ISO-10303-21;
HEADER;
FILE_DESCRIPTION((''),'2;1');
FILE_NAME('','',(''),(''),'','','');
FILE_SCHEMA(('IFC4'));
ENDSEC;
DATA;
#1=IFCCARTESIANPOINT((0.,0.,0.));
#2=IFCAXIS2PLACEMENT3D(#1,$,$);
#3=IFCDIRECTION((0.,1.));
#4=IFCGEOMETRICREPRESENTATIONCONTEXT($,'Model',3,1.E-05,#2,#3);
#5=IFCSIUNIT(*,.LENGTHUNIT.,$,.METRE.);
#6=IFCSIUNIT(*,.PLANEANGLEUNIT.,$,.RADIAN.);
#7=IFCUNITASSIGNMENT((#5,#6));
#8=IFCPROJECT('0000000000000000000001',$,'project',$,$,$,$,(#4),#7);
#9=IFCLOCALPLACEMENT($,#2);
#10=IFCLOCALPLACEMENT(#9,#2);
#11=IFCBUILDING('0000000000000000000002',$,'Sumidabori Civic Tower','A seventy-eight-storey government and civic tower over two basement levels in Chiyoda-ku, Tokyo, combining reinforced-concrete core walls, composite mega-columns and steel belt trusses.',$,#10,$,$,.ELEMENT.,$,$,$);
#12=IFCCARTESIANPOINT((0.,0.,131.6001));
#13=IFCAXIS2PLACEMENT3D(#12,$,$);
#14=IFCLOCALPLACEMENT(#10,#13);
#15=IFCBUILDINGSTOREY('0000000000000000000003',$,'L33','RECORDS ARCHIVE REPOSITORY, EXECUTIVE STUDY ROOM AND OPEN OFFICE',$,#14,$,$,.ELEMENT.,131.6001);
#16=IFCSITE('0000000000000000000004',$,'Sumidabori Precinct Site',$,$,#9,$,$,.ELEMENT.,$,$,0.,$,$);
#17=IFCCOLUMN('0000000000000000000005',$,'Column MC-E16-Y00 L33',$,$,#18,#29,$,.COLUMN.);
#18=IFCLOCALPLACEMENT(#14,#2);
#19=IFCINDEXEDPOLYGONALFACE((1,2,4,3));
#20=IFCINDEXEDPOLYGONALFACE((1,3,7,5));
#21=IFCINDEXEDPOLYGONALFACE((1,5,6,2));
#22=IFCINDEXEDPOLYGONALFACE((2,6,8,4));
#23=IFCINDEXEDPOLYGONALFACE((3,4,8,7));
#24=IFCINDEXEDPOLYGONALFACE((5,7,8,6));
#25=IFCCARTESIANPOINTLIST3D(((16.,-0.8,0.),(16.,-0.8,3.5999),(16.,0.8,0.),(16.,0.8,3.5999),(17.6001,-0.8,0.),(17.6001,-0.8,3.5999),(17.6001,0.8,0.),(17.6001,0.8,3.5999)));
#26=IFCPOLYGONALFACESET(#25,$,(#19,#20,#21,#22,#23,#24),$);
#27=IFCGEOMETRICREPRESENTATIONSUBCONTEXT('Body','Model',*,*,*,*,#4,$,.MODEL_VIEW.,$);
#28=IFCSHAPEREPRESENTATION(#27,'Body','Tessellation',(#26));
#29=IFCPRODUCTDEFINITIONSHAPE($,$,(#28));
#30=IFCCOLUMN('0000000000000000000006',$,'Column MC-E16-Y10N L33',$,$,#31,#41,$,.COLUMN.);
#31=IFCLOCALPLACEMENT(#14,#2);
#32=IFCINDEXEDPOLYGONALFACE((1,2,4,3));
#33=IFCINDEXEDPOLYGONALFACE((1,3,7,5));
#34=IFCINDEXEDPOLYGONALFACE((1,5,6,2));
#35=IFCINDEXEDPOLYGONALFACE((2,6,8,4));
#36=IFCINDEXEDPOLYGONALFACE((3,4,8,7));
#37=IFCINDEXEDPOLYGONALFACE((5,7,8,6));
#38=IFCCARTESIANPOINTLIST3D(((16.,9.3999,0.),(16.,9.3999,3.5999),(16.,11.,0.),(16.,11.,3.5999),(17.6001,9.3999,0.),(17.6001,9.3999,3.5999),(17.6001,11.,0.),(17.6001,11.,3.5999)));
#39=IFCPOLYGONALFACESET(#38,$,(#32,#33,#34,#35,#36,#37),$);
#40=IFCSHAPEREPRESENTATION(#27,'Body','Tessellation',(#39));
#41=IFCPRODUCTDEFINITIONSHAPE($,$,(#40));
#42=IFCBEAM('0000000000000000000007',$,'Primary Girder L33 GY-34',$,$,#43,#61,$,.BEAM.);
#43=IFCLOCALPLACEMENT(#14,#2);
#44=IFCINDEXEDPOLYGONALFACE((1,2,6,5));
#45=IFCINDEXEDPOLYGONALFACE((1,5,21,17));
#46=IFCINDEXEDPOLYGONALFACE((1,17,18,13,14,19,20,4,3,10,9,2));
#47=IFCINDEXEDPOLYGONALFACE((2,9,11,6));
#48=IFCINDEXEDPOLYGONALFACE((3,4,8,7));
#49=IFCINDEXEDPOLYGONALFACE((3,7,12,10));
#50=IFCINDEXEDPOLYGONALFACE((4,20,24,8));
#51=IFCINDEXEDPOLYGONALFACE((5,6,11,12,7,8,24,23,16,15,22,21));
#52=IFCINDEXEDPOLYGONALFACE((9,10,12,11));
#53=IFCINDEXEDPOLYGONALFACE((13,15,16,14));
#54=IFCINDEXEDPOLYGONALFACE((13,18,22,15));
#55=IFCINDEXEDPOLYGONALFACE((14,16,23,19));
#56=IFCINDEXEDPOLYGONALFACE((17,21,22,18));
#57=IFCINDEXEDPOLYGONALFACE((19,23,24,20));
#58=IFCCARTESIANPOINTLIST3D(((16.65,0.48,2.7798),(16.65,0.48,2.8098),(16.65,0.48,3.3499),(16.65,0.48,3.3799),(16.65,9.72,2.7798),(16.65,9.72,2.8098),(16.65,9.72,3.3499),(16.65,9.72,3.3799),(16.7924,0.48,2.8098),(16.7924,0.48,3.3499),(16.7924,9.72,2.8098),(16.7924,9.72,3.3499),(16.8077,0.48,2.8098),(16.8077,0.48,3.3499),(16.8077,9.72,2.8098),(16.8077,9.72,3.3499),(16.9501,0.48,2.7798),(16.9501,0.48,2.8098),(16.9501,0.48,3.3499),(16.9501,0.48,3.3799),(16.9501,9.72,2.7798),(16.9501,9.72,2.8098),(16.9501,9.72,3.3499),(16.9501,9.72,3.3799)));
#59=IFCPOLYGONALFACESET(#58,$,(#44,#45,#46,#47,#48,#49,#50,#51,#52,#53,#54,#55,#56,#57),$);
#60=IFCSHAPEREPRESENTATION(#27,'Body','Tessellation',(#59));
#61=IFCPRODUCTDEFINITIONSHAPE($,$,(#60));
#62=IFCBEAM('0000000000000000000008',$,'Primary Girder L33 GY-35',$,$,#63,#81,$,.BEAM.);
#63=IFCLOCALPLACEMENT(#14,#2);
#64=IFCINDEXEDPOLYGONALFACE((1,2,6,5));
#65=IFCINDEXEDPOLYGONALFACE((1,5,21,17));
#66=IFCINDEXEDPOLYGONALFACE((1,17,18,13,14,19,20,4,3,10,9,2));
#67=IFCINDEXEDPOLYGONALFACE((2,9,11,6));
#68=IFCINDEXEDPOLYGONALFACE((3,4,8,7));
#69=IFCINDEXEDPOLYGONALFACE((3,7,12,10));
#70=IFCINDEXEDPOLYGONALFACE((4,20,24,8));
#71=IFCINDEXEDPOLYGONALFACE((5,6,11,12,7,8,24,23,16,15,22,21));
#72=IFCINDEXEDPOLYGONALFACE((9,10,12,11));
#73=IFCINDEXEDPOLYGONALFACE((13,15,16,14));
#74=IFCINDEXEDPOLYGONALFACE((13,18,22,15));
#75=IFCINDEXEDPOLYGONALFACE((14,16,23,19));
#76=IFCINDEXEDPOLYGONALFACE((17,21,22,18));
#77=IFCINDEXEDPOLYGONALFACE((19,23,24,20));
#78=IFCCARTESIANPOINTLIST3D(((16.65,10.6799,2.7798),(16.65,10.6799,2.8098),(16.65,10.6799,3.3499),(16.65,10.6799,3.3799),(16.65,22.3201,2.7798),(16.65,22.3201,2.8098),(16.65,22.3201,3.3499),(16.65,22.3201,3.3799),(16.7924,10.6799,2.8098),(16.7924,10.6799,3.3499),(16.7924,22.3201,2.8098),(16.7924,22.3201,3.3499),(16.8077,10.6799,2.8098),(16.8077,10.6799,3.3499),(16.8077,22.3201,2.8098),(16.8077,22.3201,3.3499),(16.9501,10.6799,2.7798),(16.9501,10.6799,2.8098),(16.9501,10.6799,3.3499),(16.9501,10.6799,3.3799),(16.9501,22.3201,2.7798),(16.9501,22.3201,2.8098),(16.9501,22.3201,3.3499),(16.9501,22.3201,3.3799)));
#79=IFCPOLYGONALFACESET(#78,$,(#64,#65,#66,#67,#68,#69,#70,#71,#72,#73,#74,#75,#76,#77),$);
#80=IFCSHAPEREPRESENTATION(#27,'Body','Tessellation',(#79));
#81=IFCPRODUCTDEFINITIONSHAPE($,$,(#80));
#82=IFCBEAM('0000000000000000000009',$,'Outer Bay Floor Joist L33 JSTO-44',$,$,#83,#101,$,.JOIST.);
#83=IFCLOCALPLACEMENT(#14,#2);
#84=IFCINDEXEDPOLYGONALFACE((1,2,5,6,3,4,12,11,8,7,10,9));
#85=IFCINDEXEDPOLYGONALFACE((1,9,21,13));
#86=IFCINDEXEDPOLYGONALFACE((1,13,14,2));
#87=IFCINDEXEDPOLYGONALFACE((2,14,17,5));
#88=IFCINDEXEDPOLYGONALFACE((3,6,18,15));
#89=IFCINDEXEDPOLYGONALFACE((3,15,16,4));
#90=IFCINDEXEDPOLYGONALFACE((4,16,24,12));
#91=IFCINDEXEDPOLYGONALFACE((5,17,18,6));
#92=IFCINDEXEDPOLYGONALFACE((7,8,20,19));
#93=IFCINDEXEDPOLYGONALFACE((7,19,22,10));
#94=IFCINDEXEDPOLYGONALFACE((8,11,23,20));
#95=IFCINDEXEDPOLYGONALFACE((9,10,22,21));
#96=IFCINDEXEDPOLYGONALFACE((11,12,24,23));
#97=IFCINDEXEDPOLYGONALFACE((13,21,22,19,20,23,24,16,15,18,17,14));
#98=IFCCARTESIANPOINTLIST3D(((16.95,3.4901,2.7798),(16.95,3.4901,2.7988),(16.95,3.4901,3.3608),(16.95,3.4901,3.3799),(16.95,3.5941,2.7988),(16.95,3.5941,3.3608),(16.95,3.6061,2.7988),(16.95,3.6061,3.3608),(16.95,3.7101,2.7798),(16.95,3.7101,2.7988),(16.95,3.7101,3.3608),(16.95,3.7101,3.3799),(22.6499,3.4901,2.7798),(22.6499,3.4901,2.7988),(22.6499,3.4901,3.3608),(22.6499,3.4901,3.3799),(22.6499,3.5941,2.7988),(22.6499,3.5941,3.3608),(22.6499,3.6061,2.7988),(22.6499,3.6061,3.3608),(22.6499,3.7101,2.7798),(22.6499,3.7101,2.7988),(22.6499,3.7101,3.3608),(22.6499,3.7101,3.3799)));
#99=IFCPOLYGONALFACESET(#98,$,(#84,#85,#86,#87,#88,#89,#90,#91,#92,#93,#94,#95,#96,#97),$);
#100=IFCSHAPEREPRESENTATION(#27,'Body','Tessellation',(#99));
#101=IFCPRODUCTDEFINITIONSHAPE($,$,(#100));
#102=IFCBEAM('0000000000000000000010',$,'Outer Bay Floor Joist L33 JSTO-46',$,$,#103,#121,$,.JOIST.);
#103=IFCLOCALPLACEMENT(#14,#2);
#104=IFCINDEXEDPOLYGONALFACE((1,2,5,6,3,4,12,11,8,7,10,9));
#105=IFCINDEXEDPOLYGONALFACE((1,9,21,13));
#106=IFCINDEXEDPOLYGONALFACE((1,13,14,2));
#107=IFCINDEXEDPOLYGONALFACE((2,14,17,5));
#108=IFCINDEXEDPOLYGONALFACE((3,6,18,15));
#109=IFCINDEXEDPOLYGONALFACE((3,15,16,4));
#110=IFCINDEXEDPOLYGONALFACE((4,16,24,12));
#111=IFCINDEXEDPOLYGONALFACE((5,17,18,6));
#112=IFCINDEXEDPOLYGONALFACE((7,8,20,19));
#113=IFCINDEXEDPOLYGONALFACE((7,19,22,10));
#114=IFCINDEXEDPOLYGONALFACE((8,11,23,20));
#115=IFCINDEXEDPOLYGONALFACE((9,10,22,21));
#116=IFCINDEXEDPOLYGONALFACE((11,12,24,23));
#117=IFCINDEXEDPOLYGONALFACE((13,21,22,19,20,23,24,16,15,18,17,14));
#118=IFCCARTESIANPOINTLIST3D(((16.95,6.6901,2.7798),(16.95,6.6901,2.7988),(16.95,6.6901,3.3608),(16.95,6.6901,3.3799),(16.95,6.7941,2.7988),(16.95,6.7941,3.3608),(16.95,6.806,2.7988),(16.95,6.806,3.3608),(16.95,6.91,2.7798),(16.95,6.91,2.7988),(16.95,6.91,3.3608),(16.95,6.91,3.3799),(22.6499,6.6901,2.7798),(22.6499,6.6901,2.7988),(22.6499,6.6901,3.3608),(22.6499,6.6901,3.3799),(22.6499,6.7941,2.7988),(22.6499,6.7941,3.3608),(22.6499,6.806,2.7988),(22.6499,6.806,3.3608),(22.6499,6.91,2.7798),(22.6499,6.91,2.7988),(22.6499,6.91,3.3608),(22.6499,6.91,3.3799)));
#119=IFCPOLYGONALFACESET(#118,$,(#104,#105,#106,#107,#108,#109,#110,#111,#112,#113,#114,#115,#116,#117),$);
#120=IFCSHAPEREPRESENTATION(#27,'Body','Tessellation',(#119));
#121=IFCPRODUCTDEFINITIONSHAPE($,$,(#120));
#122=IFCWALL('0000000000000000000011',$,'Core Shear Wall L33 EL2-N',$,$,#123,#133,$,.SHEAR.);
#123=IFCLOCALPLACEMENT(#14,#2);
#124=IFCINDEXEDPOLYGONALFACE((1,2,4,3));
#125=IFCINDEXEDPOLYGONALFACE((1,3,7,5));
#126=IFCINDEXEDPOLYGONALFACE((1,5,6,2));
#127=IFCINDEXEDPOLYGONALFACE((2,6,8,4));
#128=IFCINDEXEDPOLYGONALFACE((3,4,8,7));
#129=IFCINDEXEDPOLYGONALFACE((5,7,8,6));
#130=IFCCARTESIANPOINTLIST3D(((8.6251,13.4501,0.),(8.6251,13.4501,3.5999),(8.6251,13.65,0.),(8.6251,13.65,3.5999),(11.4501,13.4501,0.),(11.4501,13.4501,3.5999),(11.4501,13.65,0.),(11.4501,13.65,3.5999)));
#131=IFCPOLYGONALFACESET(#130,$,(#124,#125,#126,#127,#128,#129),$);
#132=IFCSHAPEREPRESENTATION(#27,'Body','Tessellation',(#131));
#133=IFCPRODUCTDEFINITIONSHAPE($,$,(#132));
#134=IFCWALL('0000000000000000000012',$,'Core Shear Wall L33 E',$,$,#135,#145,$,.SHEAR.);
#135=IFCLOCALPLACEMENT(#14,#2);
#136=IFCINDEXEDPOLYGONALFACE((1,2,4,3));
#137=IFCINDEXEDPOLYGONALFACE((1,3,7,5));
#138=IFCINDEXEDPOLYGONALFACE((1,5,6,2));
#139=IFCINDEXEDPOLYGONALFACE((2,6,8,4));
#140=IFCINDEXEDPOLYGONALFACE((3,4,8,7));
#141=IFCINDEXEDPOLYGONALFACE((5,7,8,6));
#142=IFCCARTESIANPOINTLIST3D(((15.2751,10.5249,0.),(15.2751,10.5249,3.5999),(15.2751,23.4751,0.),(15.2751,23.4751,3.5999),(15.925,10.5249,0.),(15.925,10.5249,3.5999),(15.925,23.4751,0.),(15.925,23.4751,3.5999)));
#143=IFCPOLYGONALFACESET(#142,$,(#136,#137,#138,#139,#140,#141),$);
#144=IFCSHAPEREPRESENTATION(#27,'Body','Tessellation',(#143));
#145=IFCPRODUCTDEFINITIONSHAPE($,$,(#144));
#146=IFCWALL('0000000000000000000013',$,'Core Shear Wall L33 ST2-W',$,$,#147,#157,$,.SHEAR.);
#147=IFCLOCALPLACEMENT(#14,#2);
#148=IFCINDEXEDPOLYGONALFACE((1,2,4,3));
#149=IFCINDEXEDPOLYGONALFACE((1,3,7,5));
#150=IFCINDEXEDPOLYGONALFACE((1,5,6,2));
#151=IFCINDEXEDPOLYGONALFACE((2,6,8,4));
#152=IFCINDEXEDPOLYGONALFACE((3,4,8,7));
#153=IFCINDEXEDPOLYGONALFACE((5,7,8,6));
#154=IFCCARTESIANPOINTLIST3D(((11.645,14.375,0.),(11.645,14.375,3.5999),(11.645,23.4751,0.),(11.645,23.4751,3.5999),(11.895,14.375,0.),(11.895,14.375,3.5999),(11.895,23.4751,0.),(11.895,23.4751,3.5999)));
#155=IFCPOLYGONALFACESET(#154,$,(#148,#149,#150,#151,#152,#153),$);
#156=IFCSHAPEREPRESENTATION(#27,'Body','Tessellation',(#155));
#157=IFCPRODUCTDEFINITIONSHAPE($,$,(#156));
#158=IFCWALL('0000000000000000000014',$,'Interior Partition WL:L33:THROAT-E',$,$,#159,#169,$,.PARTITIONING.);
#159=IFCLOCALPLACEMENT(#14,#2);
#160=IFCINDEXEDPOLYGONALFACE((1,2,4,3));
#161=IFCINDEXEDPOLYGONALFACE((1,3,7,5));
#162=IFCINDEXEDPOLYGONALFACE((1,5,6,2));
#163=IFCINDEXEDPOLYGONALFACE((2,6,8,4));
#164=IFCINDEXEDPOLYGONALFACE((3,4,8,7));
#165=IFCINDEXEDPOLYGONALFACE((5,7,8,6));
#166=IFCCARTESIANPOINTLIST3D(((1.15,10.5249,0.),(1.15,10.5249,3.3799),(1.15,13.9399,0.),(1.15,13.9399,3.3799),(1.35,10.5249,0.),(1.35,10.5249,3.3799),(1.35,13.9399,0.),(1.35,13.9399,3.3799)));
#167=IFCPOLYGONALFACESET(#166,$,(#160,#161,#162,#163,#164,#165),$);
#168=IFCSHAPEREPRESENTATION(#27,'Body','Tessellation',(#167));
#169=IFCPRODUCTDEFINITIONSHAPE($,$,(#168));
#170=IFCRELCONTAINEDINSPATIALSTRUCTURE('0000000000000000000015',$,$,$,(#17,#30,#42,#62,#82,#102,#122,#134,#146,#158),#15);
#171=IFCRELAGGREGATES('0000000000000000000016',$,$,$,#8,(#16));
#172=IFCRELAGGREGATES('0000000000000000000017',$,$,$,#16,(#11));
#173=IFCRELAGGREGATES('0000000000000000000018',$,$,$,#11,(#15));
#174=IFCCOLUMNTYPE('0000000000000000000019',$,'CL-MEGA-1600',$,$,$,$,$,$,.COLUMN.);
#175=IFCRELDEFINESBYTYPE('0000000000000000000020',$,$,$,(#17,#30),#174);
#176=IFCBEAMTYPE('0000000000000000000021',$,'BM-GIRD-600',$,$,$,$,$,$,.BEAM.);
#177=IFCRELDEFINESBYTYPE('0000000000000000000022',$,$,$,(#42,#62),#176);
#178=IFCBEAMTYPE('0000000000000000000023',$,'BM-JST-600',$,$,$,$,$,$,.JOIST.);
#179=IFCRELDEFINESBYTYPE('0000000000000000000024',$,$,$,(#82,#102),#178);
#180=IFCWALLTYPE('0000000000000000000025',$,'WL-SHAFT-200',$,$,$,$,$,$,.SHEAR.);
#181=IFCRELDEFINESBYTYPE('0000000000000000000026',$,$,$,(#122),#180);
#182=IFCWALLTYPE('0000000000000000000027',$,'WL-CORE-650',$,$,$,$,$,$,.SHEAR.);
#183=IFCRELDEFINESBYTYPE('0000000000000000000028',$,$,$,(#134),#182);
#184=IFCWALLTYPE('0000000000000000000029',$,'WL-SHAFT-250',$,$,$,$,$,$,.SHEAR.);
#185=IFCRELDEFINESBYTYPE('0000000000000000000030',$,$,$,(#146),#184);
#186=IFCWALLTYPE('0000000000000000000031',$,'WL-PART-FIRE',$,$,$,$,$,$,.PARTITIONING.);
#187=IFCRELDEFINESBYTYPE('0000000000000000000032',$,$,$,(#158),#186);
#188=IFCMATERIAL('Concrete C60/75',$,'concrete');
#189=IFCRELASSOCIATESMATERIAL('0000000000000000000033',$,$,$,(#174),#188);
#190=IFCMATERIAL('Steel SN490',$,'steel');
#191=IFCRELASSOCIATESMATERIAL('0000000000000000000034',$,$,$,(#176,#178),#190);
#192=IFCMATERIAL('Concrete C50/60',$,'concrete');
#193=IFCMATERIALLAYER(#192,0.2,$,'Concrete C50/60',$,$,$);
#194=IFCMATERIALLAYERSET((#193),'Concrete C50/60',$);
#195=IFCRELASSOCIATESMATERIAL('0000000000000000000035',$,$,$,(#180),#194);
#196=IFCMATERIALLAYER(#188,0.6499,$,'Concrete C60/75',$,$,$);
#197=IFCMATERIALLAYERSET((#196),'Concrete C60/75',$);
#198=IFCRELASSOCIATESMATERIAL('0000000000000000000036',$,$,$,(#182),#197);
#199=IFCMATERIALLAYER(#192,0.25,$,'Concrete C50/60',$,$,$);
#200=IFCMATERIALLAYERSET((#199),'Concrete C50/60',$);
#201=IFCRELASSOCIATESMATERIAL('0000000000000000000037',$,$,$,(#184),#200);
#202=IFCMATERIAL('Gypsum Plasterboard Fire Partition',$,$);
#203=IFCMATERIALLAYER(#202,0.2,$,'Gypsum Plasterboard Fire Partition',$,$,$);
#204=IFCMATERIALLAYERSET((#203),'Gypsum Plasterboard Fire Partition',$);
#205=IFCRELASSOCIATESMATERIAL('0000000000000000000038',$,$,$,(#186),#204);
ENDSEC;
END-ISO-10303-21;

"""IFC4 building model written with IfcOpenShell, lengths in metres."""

from ifc_helpers import new_model, si_unit, direction, frame, frame_2d, origin, origin_2d, place, context, subcontext, project, spatial, rectangle, i_section, extrude, source, transform, mapped, material, layer, layer_set, material_profile, profile_set, type_object, element, save


model = new_model("IFC4")

# Units and contexts
model_context = context("Model", 3, precision=1e-05, world=origin(), true_north=direction((0.0, 1.0)))
body_context = subcontext(model_context, "Body", "Model", "MODEL_VIEW")
ifc_project = project(units=[si_unit("LENGTHUNIT", "METRE"), si_unit("PLANEANGLEUNIT", "RADIAN")], contexts=[model_context])

# Site, building, storey
site_placement = place(None, origin())
site = spatial("IfcSite", under=ifc_project, at=site_placement, Name="Sumidabori Precinct Site", CompositionType="ELEMENT", RefElevation=0.0)
building_placement = place(site_placement, origin())
building = spatial("IfcBuilding", under=site, at=building_placement, Name="Sumidabori Civic Tower", Description="A seventy-eight-storey government and civic tower over two basement levels in Chiyoda-ku, Tokyo, combining reinforced-concrete core walls, composite mega-columns and steel belt trusses.", CompositionType="ELEMENT")
storey_placement = place(building_placement, frame((0.0, 0.0, 131.6001)))
storey = spatial("IfcBuildingStorey", under=building, at=storey_placement, Name="L33", Description="RECORDS ARCHIVE REPOSITORY, EXECUTIVE STUDY ROOM AND OPEN OFFICE", CompositionType="ELEMENT", Elevation=131.6001)

# Columns
ifc_material_1 = material(Name="Concrete C60/75", Category="concrete")
ifc_material_profile_1 = material_profile(ifc_material_1, rectangle(XDim=1.6001, YDim=1.6001, at=origin_2d()), Name="RC 1600x1600")
ifc_profile_set_1 = profile_set([ifc_material_profile_1], Name="Concrete C60/75")
column_type = type_object("IfcColumnType", Name="CL-MEGA-1600", PredefinedType="COLUMN", material=ifc_profile_set_1)
shared_shape_1 = source(origin(), body_context, "Body", "SweptSolid", [
    extrude(rectangle(XDim=1.6001, YDim=1.6001, at=origin_2d()), origin(), (0.0, 0.0, 1.0), 3.5999),
])
for number, where, z_axis, x_axis, name in (
    (1, (16.8, 0.0, 0.0), (0.0, 0.0, 1.0), (1.0, 0.0, 0.0), "Column MC-E16-Y00 L33"),
    (2, (16.8, 10.2, 0.0), (0.0, 0.0, 1.0), (1.0, 0.0, 0.0), "Column MC-E16-Y10N L33"),
):
    element("IfcColumn", number, at=place(storey_placement, frame(where, z_axis=z_axis, x_axis=x_axis)), inside=storey, type_object=column_type, Name=name, PredefinedType="COLUMN", context=body_context, shape_type="MappedRepresentation", body=[
        mapped(shared_shape_1, transform((0.0, 0.0, 0.0), x_axis=(1.0, 0.0, 0.0), y_axis=(0.0, 1.0, 0.0), z_axis=(0.0, 0.0, 1.0), scale=1.0)),
    ])

# Beams
ifc_material_2 = material(Name="Steel SN490", Category="steel")
ifc_material_profile_2 = material_profile(ifc_material_2, i_section(OverallWidth=0.3, OverallDepth=0.6001, WebThickness=0.0154, FlangeThickness=0.03, at=origin_2d()), Name="HE 600 B")
ifc_profile_set_2 = profile_set([ifc_material_profile_2], Name="Steel SN490")
beam_type_1 = type_object("IfcBeamType", Name="BM-GIRD-600", PredefinedType="BEAM", material=ifc_profile_set_2)
shared_shape_2 = source(origin(), body_context, "Body", "SweptSolid", [
    extrude(i_section(OverallWidth=0.3, OverallDepth=0.6001, WebThickness=0.0154, FlangeThickness=0.03, at=origin_2d()), origin(), (0.0, 0.0, 1.0), 9.24),
])
beam_1_placement = place(storey_placement, frame((16.8, 0.48, 3.0798), z_axis=(0.0, 1.0, 0.0), x_axis=(-1.0, 0.0, 0.0)))
element("IfcBeam", 3, at=beam_1_placement, inside=storey, type_object=beam_type_1, Name="Primary Girder L33 GY-34", PredefinedType="BEAM", context=body_context, shape_type="MappedRepresentation", body=[
    mapped(shared_shape_2, transform((0.0, 0.0, 0.0), x_axis=(1.0, 0.0, 0.0), y_axis=(0.0, 1.0, 0.0), z_axis=(0.0, 0.0, 1.0), scale=1.0)),
])
shared_shape_3 = source(origin(), body_context, "Body", "SweptSolid", [
    extrude(i_section(OverallWidth=0.3, OverallDepth=0.6001, WebThickness=0.0154, FlangeThickness=0.03, at=origin_2d()), origin(), (0.0, 0.0, 1.0), 11.6401),
])
beam_2_placement = place(storey_placement, frame((16.8, 10.6799, 3.0798), z_axis=(0.0, 1.0, 0.0), x_axis=(-1.0, 0.0, 0.0)))
element("IfcBeam", 4, at=beam_2_placement, inside=storey, type_object=beam_type_1, Name="Primary Girder L33 GY-35", PredefinedType="BEAM", context=body_context, shape_type="MappedRepresentation", body=[
    mapped(shared_shape_3, transform((0.0, 0.0, 0.0), x_axis=(1.0, 0.0, 0.0), y_axis=(0.0, 1.0, 0.0), z_axis=(0.0, 0.0, 1.0), scale=1.0)),
])
ifc_material_profile_3 = material_profile(ifc_material_2, i_section(OverallWidth=0.22, OverallDepth=0.6001, WebThickness=0.012, FlangeThickness=0.019, at=origin_2d()), Name="IPE 600")
ifc_profile_set_3 = profile_set([ifc_material_profile_3], Name="Steel SN490")
beam_type_2 = type_object("IfcBeamType", Name="BM-JST-600", PredefinedType="JOIST", material=ifc_profile_set_3)
shared_shape_4 = source(origin(), body_context, "Body", "SweptSolid", [
    extrude(i_section(OverallWidth=0.22, OverallDepth=0.6001, WebThickness=0.012, FlangeThickness=0.019, at=origin_2d()), origin(), (0.0, 0.0, 1.0), 5.7),
])
for number, where, z_axis, x_axis, name in (
    (5, (16.95, 3.6001, 3.0798), (1.0, 0.0, 0.0), (0.0, 1.0, 0.0), "Outer Bay Floor Joist L33 JSTO-44"),
    (6, (16.95, 6.8, 3.0798), (1.0, 0.0, 0.0), (0.0, 1.0, 0.0), "Outer Bay Floor Joist L33 JSTO-46"),
):
    element("IfcBeam", number, at=place(storey_placement, frame(where, z_axis=z_axis, x_axis=x_axis)), inside=storey, type_object=beam_type_2, Name=name, PredefinedType="JOIST", context=body_context, shape_type="MappedRepresentation", body=[
        mapped(shared_shape_4, transform((0.0, 0.0, 0.0), x_axis=(1.0, 0.0, 0.0), y_axis=(0.0, 1.0, 0.0), z_axis=(0.0, 0.0, 1.0), scale=1.0)),
    ])

# Walls
ifc_material_3 = material(Name="Concrete C50/60", Category="concrete")
ifc_layer_1 = layer(ifc_material_3, 0.2, Name="Concrete C50/60")
ifc_layer_set_1 = layer_set([ifc_layer_1], Name="Concrete C50/60")
wall_type_1 = type_object("IfcWallType", Name="WL-SHAFT-200", PredefinedType="SHEAR", material=ifc_layer_set_1)
shared_shape_5 = source(origin(), body_context, "Body", "SweptSolid", [
    extrude(rectangle(XDim=2.825, YDim=0.2, at=frame_2d((1.4126, 0.0))), origin(), (0.0, 0.0, 1.0), 3.5999),
])
wall_1_placement = place(storey_placement, frame((8.625, 13.55, 0.0), z_axis=(0.0, 0.0, 1.0), x_axis=(1.0, 0.0, 0.0)))
element("IfcWall", 7, at=wall_1_placement, inside=storey, type_object=wall_type_1, Name="Core Shear Wall L33 EL2-N", PredefinedType="SHEAR", context=body_context, shape_type="MappedRepresentation", body=[
    mapped(shared_shape_5, transform((0.0, 0.0, 0.0), x_axis=(1.0, 0.0, 0.0), y_axis=(0.0, 1.0, 0.0), z_axis=(0.0, 0.0, 1.0), scale=1.0)),
])
ifc_layer_2 = layer(ifc_material_1, 0.6499, Name="Concrete C60/75")
ifc_layer_set_2 = layer_set([ifc_layer_2], Name="Concrete C60/75")
wall_type_2 = type_object("IfcWallType", Name="WL-CORE-650", PredefinedType="SHEAR", material=ifc_layer_set_2)
shared_shape_6 = source(origin(), body_context, "Body", "SweptSolid", [
    extrude(rectangle(XDim=12.9502, YDim=0.6499, at=frame_2d((6.4751, 0.0))), origin(), (0.0, 0.0, 1.0), 3.5999),
])
wall_2_placement = place(storey_placement, frame((15.6001, 10.5249, 0.0), z_axis=(0.0, 0.0, 1.0), x_axis=(0.0, 1.0, 0.0)))
element("IfcWall", 8, at=wall_2_placement, inside=storey, type_object=wall_type_2, Name="Core Shear Wall L33 E", PredefinedType="SHEAR", context=body_context, shape_type="MappedRepresentation", body=[
    mapped(shared_shape_6, transform((0.0, 0.0, 0.0), x_axis=(1.0, 0.0, 0.0), y_axis=(0.0, 1.0, 0.0), z_axis=(0.0, 0.0, 1.0), scale=1.0)),
])

# Shared definitions
ifc_layer_3 = layer(ifc_material_3, 0.25, Name="Concrete C50/60")
ifc_layer_set_3 = layer_set([ifc_layer_3], Name="Concrete C50/60")
wall_type_3 = type_object("IfcWallType", Name="WL-SHAFT-250", PredefinedType="SHEAR", material=ifc_layer_set_3)

# Wall
shared_shape_7 = source(origin(), body_context, "Body", "SweptSolid", [
    extrude(rectangle(XDim=9.1001, YDim=0.25, at=frame_2d((4.55, 0.0))), origin(), (0.0, 0.0, 1.0), 3.5999),
])
wall_3_placement = place(storey_placement, frame((11.77, 14.375, 0.0), z_axis=(0.0, 0.0, 1.0), x_axis=(0.0, 1.0, 0.0)))
element("IfcWall", 9, at=wall_3_placement, inside=storey, type_object=wall_type_3, Name="Core Shear Wall L33 ST2-W", PredefinedType="SHEAR", context=body_context, shape_type="MappedRepresentation", body=[
    mapped(shared_shape_7, transform((0.0, 0.0, 0.0), x_axis=(1.0, 0.0, 0.0), y_axis=(0.0, 1.0, 0.0), z_axis=(0.0, 0.0, 1.0), scale=1.0)),
])

# Shared definitions
ifc_material_4 = material(Name="Gypsum Plasterboard Fire Partition")
ifc_layer_4 = layer(ifc_material_4, 0.2, Name="Gypsum Plasterboard Fire Partition")
ifc_layer_set_4 = layer_set([ifc_layer_4], Name="Gypsum Plasterboard Fire Partition")
wall_type_4 = type_object("IfcWallType", Name="WL-PART-FIRE", PredefinedType="PARTITIONING", material=ifc_layer_set_4)

# Wall
shared_shape_8 = source(origin(), body_context, "Body", "SweptSolid", [
    extrude(rectangle(XDim=3.415, YDim=0.2, at=frame_2d((1.7075, 0.0))), origin(), (0.0, 0.0, 1.0), 3.3799),
])
wall_4_placement = place(storey_placement, frame((1.25, 10.5249, 0.0), z_axis=(0.0, 0.0, 1.0), x_axis=(0.0, 1.0, 0.0)))
element("IfcWall", 10, at=wall_4_placement, inside=storey, type_object=wall_type_4, Name="Interior Partition WL:L33:THROAT-E", PredefinedType="PARTITIONING", context=body_context, shape_type="MappedRepresentation", body=[
    mapped(shared_shape_8, transform((0.0, 0.0, 0.0), x_axis=(1.0, 0.0, 0.0), y_axis=(0.0, 1.0, 0.0), z_axis=(0.0, 0.0, 1.0), scale=1.0)),
])

save(model, "model.ifc")
